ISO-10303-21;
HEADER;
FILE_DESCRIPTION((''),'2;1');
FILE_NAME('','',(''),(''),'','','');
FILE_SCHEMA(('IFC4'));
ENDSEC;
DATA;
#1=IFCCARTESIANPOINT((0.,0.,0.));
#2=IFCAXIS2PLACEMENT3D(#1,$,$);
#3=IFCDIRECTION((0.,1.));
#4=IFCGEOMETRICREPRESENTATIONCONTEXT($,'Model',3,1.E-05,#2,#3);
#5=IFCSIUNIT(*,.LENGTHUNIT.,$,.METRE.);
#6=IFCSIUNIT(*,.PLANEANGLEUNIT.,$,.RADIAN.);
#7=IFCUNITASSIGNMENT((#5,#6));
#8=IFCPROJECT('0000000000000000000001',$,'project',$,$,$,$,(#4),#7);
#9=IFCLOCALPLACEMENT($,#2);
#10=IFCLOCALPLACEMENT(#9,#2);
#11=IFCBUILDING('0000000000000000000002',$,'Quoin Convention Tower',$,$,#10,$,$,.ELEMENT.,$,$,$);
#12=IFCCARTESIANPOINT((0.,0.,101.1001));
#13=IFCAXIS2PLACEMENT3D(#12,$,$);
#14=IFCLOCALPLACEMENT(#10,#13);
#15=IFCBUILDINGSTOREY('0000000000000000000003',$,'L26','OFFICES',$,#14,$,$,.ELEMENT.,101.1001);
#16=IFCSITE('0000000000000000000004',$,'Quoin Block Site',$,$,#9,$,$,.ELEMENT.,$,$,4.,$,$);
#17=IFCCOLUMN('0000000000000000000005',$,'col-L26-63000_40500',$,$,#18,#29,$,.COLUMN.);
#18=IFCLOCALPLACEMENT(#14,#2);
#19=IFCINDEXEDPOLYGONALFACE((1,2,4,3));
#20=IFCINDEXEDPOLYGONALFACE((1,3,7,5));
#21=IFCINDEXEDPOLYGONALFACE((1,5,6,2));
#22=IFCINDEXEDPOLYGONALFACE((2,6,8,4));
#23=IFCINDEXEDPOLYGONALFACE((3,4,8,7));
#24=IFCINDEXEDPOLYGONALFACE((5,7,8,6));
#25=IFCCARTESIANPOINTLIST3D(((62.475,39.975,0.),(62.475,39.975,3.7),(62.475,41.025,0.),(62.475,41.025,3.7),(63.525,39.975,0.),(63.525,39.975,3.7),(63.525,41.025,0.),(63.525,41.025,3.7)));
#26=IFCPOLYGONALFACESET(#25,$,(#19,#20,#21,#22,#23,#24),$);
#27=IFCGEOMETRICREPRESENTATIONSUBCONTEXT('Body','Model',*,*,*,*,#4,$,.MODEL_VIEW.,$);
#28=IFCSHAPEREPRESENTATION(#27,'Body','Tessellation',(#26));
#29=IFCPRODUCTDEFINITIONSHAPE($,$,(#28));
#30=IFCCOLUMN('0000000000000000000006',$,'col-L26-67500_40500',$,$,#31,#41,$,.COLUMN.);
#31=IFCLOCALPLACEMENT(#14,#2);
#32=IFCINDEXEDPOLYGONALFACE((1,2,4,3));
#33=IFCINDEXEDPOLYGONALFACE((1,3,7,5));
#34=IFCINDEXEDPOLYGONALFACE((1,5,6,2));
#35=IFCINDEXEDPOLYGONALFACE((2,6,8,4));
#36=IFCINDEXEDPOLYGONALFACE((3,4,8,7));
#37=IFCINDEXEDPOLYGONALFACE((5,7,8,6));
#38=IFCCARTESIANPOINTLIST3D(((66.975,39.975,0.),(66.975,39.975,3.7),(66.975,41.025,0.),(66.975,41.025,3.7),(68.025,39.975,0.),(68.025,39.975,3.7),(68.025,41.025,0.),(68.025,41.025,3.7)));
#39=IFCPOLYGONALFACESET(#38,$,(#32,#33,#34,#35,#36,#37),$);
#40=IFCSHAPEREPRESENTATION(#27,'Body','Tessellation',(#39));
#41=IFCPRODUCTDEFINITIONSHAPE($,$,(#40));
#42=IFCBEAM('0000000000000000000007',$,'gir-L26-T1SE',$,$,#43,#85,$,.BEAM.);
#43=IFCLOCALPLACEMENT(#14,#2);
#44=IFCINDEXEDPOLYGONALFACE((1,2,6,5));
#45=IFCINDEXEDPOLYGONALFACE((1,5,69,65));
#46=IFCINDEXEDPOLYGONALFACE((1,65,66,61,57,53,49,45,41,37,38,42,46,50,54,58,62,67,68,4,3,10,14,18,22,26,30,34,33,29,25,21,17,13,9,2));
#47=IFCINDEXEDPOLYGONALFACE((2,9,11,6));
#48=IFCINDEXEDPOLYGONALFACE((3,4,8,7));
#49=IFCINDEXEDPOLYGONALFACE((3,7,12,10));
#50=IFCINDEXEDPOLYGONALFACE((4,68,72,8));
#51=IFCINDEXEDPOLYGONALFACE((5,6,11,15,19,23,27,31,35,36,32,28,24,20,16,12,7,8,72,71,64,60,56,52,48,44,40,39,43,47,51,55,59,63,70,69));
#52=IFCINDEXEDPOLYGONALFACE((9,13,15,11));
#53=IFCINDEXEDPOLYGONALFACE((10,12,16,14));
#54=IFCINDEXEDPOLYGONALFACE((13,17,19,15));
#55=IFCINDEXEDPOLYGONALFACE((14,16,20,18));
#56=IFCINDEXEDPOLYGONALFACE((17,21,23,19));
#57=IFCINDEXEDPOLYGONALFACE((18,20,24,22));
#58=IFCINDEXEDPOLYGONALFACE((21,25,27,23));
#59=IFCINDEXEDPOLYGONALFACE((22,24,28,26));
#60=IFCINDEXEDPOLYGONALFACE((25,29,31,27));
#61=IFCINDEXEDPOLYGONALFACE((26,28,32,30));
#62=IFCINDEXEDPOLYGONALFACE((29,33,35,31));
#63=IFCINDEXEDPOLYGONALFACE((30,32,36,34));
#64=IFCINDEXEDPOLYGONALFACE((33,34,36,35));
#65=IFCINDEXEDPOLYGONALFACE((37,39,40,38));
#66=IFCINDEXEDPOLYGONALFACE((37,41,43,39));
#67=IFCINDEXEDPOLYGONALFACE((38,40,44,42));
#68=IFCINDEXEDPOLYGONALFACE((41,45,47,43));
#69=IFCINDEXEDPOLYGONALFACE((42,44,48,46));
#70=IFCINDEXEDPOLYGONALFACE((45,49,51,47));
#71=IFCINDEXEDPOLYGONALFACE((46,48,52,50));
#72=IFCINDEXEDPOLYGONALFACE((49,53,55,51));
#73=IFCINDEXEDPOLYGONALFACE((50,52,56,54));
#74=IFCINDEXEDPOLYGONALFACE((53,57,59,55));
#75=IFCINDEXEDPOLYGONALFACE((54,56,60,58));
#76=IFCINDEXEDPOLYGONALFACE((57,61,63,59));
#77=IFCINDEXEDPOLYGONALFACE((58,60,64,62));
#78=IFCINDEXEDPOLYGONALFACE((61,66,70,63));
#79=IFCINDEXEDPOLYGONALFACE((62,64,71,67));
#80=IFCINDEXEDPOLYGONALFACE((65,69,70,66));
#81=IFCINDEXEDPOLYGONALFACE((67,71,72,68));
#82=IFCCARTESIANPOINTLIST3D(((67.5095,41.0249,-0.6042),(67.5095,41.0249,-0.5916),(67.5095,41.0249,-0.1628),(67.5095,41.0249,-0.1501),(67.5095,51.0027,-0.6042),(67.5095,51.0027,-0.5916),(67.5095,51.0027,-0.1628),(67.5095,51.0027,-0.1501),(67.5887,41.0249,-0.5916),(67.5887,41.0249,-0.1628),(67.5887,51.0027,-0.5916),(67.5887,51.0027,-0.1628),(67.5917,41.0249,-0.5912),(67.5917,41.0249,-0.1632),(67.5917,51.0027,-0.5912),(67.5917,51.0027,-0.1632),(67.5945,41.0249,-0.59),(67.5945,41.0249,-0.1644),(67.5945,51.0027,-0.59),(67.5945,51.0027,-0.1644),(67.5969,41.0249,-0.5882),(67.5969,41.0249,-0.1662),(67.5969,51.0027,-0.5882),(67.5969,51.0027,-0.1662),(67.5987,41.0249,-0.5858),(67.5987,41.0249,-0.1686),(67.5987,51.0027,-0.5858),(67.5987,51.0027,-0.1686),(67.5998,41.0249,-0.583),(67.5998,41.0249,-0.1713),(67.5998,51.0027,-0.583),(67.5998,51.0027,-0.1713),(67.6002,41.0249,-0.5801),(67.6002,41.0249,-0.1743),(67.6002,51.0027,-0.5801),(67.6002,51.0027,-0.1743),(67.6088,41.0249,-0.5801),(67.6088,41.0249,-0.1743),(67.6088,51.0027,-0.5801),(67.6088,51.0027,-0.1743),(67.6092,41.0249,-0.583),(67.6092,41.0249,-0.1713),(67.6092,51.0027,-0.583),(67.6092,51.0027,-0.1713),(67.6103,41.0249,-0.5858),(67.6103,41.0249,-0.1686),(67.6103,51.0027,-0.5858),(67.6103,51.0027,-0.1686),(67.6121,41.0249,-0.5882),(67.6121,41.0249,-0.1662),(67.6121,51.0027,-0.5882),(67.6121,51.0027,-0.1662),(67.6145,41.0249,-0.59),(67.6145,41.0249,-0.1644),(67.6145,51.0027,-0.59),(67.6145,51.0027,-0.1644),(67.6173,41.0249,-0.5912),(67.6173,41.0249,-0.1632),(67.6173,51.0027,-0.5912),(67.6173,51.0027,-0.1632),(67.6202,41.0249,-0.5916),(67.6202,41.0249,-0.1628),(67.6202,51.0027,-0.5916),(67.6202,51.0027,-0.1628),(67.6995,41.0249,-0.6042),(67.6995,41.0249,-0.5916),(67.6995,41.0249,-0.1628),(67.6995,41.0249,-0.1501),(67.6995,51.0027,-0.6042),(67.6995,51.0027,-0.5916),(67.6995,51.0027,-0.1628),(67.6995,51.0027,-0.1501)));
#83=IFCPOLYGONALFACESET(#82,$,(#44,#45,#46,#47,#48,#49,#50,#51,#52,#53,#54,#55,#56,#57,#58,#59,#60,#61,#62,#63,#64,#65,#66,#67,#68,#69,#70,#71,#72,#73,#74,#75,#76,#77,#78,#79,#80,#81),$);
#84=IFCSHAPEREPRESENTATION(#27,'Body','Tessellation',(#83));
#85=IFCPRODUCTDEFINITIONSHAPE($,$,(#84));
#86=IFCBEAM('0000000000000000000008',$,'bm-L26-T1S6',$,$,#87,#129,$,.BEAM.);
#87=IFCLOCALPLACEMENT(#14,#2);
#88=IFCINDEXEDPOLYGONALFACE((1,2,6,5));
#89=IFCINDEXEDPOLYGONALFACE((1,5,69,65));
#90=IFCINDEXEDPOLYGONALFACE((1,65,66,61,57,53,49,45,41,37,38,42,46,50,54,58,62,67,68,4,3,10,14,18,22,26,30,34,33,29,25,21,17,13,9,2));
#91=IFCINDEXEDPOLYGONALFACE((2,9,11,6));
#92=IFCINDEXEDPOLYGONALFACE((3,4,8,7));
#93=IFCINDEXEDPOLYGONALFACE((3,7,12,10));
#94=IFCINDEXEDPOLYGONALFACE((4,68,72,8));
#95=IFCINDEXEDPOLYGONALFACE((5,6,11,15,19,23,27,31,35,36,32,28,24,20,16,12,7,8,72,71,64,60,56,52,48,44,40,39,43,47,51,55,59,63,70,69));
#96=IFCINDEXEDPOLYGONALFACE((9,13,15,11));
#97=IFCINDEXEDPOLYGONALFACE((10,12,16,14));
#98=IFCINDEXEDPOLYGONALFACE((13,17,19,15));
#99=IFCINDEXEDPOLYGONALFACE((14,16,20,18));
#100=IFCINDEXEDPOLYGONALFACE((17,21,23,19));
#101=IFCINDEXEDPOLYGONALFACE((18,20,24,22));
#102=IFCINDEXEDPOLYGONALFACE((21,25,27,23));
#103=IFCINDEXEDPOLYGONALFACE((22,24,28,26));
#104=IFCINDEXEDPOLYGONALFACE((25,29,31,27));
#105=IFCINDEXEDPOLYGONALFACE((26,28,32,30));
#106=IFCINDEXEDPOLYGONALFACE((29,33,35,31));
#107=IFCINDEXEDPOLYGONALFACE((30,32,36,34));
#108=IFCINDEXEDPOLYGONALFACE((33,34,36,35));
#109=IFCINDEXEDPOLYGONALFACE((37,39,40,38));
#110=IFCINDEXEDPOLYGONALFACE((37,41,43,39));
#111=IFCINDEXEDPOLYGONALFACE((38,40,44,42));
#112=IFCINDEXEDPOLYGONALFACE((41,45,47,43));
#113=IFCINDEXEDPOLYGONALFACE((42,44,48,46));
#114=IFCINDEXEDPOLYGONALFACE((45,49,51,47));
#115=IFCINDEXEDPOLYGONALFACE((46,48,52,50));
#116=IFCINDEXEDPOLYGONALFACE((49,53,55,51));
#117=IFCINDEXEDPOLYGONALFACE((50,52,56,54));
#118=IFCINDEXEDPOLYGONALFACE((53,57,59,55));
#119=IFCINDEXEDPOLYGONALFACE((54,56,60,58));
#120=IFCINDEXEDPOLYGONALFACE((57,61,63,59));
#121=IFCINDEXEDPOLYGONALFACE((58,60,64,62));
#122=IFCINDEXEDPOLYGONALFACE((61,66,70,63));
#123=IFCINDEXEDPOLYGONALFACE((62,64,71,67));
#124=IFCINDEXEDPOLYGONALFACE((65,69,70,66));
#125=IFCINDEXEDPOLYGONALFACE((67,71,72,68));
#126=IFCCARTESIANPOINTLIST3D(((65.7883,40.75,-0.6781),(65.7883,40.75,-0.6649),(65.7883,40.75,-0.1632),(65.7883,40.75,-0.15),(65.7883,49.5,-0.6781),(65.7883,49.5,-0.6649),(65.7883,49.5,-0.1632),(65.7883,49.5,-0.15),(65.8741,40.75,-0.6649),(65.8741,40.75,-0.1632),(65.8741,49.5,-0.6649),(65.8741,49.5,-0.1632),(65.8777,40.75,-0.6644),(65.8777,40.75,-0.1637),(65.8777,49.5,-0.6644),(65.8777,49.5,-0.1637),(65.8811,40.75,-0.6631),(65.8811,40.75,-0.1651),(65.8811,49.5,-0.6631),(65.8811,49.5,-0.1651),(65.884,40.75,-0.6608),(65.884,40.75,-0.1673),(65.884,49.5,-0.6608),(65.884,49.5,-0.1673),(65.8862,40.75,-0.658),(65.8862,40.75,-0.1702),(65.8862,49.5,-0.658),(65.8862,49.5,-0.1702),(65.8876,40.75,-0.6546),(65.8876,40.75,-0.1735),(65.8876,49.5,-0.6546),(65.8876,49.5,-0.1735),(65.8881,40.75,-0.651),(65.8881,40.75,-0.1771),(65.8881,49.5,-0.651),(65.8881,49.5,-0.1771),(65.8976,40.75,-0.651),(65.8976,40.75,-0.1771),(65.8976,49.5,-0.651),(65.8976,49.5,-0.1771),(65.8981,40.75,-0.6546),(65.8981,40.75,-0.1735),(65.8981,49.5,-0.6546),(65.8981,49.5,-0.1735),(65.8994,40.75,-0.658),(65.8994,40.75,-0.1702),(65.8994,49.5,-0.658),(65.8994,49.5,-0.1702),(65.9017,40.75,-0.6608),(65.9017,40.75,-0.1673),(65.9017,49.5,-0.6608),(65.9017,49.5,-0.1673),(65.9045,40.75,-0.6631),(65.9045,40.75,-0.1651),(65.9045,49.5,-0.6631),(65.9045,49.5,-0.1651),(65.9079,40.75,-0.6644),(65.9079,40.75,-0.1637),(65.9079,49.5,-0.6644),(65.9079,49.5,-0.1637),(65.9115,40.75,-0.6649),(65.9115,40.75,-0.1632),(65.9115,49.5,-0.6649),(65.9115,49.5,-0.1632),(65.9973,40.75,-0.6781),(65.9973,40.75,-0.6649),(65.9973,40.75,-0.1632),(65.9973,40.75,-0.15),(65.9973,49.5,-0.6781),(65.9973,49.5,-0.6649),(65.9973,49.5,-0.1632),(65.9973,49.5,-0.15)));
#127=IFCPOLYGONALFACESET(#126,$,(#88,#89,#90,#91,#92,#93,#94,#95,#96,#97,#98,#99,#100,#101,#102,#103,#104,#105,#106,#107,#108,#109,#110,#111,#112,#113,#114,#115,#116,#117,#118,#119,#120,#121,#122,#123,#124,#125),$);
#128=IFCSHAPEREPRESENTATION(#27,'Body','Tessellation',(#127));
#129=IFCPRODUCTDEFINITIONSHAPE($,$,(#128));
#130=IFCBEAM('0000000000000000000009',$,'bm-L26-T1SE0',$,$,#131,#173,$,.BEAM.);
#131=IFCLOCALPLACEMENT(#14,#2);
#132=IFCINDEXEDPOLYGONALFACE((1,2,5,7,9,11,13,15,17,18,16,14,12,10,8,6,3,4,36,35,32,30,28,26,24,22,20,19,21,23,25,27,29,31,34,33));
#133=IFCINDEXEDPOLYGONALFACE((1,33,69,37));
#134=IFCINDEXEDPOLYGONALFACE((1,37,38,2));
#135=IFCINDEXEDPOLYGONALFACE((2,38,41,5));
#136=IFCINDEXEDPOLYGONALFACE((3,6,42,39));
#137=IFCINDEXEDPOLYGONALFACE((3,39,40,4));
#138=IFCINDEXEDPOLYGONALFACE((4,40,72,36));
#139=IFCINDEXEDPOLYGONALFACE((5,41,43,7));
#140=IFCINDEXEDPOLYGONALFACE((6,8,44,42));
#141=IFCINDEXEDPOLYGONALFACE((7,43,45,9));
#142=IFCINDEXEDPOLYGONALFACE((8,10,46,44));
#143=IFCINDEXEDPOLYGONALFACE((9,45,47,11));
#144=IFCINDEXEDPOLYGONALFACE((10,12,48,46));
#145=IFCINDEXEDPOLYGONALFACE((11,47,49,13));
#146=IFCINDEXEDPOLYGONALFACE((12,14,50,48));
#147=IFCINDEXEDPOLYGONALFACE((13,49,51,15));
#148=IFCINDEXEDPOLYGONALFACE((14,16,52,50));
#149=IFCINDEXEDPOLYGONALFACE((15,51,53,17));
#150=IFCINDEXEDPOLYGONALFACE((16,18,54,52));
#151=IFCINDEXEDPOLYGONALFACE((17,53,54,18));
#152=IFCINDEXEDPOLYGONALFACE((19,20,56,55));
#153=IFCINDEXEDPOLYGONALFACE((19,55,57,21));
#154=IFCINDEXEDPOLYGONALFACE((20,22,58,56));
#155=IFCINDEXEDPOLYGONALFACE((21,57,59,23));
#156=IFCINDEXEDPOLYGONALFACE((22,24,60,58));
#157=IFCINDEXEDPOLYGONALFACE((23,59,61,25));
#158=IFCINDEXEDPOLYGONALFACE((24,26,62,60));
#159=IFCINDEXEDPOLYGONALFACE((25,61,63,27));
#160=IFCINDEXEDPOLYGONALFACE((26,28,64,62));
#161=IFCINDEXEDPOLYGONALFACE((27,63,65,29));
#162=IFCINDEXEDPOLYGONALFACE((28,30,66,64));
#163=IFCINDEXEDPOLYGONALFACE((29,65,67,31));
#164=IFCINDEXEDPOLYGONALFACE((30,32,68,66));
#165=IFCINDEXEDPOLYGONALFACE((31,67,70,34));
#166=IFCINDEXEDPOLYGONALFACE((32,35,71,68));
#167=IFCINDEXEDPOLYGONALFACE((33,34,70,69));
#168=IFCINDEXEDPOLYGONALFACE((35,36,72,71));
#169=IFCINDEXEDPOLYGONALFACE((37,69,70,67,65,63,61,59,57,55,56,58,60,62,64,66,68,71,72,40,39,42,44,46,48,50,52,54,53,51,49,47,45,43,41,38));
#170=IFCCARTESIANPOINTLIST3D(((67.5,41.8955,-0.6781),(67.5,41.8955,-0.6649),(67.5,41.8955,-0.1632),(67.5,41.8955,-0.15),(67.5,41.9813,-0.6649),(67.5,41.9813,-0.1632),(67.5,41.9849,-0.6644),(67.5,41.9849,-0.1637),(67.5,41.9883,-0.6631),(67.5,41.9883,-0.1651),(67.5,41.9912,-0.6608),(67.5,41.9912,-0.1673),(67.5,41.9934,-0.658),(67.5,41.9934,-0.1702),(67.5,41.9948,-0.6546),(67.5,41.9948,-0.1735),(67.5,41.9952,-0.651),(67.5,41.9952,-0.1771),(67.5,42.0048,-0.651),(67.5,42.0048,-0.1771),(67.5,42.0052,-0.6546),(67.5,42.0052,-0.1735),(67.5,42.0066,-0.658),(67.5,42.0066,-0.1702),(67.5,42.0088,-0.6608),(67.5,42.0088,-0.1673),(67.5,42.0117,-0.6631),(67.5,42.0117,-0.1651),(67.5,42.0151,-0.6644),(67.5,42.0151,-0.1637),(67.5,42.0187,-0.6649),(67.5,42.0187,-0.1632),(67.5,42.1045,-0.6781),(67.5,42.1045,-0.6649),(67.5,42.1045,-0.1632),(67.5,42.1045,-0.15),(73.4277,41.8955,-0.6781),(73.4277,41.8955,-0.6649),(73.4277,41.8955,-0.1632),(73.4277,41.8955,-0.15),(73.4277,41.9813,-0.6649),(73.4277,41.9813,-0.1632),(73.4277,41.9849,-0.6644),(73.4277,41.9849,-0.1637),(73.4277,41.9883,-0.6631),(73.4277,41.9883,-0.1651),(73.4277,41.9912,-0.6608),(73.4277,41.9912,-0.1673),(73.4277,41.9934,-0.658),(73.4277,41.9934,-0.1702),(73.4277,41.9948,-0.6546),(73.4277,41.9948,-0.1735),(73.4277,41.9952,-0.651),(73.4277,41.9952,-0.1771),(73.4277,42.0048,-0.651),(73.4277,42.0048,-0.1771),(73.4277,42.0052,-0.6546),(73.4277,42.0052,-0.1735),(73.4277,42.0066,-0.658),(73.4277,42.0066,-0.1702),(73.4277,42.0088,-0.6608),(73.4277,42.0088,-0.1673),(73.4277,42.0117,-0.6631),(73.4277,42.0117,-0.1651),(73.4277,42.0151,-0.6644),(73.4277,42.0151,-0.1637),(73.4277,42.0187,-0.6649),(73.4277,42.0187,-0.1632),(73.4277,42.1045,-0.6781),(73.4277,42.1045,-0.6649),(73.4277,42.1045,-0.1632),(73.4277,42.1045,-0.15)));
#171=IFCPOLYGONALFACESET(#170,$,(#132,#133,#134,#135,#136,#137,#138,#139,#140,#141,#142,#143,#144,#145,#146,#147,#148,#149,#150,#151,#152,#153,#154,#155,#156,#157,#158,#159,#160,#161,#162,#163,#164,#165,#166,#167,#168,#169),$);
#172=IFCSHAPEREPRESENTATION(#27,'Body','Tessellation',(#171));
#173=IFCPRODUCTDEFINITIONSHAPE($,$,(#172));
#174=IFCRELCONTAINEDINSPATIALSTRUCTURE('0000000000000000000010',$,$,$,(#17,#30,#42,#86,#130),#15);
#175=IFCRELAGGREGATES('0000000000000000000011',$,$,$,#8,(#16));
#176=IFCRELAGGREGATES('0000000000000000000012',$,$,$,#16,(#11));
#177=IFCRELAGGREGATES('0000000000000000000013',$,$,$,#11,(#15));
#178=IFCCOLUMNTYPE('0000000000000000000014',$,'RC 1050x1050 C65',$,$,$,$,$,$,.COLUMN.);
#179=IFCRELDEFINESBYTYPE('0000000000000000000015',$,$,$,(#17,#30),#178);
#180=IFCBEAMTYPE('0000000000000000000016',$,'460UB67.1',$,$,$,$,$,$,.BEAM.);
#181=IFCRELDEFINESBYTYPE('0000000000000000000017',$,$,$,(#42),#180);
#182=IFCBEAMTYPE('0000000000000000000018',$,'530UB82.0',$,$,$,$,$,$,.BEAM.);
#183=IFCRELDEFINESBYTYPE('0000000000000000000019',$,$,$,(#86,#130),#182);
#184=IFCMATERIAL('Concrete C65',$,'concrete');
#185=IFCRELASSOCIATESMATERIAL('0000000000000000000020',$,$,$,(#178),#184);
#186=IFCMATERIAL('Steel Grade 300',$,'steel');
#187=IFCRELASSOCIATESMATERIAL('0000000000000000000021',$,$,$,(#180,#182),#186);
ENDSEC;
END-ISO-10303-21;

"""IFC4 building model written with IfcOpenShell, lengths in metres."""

from ifc_helpers import new_model, si_unit, direction, frame, origin, origin_2d, place, context, subcontext, project, spatial, rectangle, i_section, extrude, material, material_profile, profile_set, type_object, element, save


model = new_model("IFC4")

# Units and contexts
model_context = context("Model", 3, precision=1e-05, world=origin(), true_north=direction((0.0, 1.0)))
body_context = subcontext(model_context, "Body", "Model", "MODEL_VIEW")
ifc_project = project(units=[si_unit("LENGTHUNIT", "METRE"), si_unit("PLANEANGLEUNIT", "RADIAN")], contexts=[model_context])

# Site, building, storey
site_placement = place(None, origin())
site = spatial("IfcSite", under=ifc_project, at=site_placement, Name="Quoin Block Site", CompositionType="ELEMENT", RefElevation=4.0)
building_placement = place(site_placement, origin())
building = spatial("IfcBuilding", under=site, at=building_placement, Name="Quoin Convention Tower", CompositionType="ELEMENT")
storey_placement = place(building_placement, frame((0.0, 0.0, 101.1001)))
storey = spatial("IfcBuildingStorey", under=building, at=storey_placement, Name="L26", Description="OFFICES", CompositionType="ELEMENT", Elevation=101.1001)

# Columns
ifc_material_1 = material(Name="Concrete C65", Category="concrete")
ifc_material_profile_1 = material_profile(ifc_material_1, rectangle(XDim=1.05, YDim=1.05, at=origin_2d()), Name="RC 1050x1050")
ifc_profile_set_1 = profile_set([ifc_material_profile_1], Name="Concrete C65")
column_type = type_object("IfcColumnType", Name="RC 1050x1050 C65", PredefinedType="COLUMN", material=ifc_profile_set_1)
for number, where, z_axis, x_axis, name in (
    (1, (63.0, 40.5, 0.0), (0.0, 0.0, 1.0), (1.0, 0.0, 0.0), "col-L26-63000_40500"),
    (2, (67.5, 40.5, 0.0), (0.0, 0.0, 1.0), (1.0, 0.0, 0.0), "col-L26-67500_40500"),
):
    element("IfcColumn", number, at=place(storey_placement, frame(where, z_axis=z_axis, x_axis=x_axis)), inside=storey, type_object=column_type, Name=name, PredefinedType="COLUMN", context=body_context, shape_type="SweptSolid", body=[
        extrude(rectangle(XDim=1.05, YDim=1.05, at=origin_2d()), origin(), (0.0, 0.0, 1.0), 3.7),
    ])

# Beams
ifc_material_2 = material(Name="Steel Grade 300", Category="steel")
ifc_material_profile_2 = material_profile(ifc_material_2, i_section(OverallWidth=0.1899, OverallDepth=0.4541, WebThickness=0.0085, FlangeThickness=0.0127, FilletRadius=0.0115, at=origin_2d()), Name="460UB67.1")
ifc_profile_set_2 = profile_set([ifc_material_profile_2], Name="Steel Grade 300")
beam_type_1 = type_object("IfcBeamType", Name="460UB67.1", PredefinedType="BEAM", material=ifc_profile_set_2)
beam_1_placement = place(storey_placement, frame((67.6045, 41.0249, -0.3772), z_axis=(0.0, 1.0, 0.0), x_axis=(-1.0, 0.0, 0.0)))
element("IfcBeam", 3, at=beam_1_placement, inside=storey, type_object=beam_type_1, Name="gir-L26-T1SE", PredefinedType="BEAM", context=body_context, shape_type="SweptSolid", body=[
    extrude(i_section(OverallWidth=0.1899, OverallDepth=0.4541, WebThickness=0.0085, FlangeThickness=0.0127, FilletRadius=0.0115, at=origin_2d()), origin(), (0.0, 0.0, 1.0), 9.9778),
])
ifc_material_profile_3 = material_profile(ifc_material_2, i_section(OverallWidth=0.209, OverallDepth=0.5281, WebThickness=0.0095, FlangeThickness=0.0132, FilletRadius=0.0139, at=origin_2d()), Name="530UB82.0")
ifc_profile_set_3 = profile_set([ifc_material_profile_3], Name="Steel Grade 300")
beam_type_2 = type_object("IfcBeamType", Name="530UB82.0", PredefinedType="BEAM", material=ifc_profile_set_3)
beam_2_placement = place(storey_placement, frame((65.8928, 40.75, -0.4141), z_axis=(0.0, 1.0, 0.0), x_axis=(-1.0, 0.0, 0.0)))
element("IfcBeam", 4, at=beam_2_placement, inside=storey, type_object=beam_type_2, Name="bm-L26-T1S6", PredefinedType="BEAM", context=body_context, shape_type="SweptSolid", body=[
    extrude(i_section(OverallWidth=0.209, OverallDepth=0.5281, WebThickness=0.0095, FlangeThickness=0.0132, FilletRadius=0.0139, at=origin_2d()), origin(), (0.0, 0.0, 1.0), 8.75),
])
beam_3_placement = place(storey_placement, frame((67.5, 42.0, -0.4141), z_axis=(1.0, 0.0, 0.0), x_axis=(0.0, 1.0, 0.0)))
element("IfcBeam", 5, at=beam_3_placement, inside=storey, type_object=beam_type_2, Name="bm-L26-T1SE0", PredefinedType="BEAM", context=body_context, shape_type="SweptSolid", body=[
    extrude(i_section(OverallWidth=0.209, OverallDepth=0.5281, WebThickness=0.0095, FlangeThickness=0.0132, FilletRadius=0.0139, at=origin_2d()), origin(), (0.0, 0.0, 1.0), 5.9277),
])

save(model, "model.ifc")
